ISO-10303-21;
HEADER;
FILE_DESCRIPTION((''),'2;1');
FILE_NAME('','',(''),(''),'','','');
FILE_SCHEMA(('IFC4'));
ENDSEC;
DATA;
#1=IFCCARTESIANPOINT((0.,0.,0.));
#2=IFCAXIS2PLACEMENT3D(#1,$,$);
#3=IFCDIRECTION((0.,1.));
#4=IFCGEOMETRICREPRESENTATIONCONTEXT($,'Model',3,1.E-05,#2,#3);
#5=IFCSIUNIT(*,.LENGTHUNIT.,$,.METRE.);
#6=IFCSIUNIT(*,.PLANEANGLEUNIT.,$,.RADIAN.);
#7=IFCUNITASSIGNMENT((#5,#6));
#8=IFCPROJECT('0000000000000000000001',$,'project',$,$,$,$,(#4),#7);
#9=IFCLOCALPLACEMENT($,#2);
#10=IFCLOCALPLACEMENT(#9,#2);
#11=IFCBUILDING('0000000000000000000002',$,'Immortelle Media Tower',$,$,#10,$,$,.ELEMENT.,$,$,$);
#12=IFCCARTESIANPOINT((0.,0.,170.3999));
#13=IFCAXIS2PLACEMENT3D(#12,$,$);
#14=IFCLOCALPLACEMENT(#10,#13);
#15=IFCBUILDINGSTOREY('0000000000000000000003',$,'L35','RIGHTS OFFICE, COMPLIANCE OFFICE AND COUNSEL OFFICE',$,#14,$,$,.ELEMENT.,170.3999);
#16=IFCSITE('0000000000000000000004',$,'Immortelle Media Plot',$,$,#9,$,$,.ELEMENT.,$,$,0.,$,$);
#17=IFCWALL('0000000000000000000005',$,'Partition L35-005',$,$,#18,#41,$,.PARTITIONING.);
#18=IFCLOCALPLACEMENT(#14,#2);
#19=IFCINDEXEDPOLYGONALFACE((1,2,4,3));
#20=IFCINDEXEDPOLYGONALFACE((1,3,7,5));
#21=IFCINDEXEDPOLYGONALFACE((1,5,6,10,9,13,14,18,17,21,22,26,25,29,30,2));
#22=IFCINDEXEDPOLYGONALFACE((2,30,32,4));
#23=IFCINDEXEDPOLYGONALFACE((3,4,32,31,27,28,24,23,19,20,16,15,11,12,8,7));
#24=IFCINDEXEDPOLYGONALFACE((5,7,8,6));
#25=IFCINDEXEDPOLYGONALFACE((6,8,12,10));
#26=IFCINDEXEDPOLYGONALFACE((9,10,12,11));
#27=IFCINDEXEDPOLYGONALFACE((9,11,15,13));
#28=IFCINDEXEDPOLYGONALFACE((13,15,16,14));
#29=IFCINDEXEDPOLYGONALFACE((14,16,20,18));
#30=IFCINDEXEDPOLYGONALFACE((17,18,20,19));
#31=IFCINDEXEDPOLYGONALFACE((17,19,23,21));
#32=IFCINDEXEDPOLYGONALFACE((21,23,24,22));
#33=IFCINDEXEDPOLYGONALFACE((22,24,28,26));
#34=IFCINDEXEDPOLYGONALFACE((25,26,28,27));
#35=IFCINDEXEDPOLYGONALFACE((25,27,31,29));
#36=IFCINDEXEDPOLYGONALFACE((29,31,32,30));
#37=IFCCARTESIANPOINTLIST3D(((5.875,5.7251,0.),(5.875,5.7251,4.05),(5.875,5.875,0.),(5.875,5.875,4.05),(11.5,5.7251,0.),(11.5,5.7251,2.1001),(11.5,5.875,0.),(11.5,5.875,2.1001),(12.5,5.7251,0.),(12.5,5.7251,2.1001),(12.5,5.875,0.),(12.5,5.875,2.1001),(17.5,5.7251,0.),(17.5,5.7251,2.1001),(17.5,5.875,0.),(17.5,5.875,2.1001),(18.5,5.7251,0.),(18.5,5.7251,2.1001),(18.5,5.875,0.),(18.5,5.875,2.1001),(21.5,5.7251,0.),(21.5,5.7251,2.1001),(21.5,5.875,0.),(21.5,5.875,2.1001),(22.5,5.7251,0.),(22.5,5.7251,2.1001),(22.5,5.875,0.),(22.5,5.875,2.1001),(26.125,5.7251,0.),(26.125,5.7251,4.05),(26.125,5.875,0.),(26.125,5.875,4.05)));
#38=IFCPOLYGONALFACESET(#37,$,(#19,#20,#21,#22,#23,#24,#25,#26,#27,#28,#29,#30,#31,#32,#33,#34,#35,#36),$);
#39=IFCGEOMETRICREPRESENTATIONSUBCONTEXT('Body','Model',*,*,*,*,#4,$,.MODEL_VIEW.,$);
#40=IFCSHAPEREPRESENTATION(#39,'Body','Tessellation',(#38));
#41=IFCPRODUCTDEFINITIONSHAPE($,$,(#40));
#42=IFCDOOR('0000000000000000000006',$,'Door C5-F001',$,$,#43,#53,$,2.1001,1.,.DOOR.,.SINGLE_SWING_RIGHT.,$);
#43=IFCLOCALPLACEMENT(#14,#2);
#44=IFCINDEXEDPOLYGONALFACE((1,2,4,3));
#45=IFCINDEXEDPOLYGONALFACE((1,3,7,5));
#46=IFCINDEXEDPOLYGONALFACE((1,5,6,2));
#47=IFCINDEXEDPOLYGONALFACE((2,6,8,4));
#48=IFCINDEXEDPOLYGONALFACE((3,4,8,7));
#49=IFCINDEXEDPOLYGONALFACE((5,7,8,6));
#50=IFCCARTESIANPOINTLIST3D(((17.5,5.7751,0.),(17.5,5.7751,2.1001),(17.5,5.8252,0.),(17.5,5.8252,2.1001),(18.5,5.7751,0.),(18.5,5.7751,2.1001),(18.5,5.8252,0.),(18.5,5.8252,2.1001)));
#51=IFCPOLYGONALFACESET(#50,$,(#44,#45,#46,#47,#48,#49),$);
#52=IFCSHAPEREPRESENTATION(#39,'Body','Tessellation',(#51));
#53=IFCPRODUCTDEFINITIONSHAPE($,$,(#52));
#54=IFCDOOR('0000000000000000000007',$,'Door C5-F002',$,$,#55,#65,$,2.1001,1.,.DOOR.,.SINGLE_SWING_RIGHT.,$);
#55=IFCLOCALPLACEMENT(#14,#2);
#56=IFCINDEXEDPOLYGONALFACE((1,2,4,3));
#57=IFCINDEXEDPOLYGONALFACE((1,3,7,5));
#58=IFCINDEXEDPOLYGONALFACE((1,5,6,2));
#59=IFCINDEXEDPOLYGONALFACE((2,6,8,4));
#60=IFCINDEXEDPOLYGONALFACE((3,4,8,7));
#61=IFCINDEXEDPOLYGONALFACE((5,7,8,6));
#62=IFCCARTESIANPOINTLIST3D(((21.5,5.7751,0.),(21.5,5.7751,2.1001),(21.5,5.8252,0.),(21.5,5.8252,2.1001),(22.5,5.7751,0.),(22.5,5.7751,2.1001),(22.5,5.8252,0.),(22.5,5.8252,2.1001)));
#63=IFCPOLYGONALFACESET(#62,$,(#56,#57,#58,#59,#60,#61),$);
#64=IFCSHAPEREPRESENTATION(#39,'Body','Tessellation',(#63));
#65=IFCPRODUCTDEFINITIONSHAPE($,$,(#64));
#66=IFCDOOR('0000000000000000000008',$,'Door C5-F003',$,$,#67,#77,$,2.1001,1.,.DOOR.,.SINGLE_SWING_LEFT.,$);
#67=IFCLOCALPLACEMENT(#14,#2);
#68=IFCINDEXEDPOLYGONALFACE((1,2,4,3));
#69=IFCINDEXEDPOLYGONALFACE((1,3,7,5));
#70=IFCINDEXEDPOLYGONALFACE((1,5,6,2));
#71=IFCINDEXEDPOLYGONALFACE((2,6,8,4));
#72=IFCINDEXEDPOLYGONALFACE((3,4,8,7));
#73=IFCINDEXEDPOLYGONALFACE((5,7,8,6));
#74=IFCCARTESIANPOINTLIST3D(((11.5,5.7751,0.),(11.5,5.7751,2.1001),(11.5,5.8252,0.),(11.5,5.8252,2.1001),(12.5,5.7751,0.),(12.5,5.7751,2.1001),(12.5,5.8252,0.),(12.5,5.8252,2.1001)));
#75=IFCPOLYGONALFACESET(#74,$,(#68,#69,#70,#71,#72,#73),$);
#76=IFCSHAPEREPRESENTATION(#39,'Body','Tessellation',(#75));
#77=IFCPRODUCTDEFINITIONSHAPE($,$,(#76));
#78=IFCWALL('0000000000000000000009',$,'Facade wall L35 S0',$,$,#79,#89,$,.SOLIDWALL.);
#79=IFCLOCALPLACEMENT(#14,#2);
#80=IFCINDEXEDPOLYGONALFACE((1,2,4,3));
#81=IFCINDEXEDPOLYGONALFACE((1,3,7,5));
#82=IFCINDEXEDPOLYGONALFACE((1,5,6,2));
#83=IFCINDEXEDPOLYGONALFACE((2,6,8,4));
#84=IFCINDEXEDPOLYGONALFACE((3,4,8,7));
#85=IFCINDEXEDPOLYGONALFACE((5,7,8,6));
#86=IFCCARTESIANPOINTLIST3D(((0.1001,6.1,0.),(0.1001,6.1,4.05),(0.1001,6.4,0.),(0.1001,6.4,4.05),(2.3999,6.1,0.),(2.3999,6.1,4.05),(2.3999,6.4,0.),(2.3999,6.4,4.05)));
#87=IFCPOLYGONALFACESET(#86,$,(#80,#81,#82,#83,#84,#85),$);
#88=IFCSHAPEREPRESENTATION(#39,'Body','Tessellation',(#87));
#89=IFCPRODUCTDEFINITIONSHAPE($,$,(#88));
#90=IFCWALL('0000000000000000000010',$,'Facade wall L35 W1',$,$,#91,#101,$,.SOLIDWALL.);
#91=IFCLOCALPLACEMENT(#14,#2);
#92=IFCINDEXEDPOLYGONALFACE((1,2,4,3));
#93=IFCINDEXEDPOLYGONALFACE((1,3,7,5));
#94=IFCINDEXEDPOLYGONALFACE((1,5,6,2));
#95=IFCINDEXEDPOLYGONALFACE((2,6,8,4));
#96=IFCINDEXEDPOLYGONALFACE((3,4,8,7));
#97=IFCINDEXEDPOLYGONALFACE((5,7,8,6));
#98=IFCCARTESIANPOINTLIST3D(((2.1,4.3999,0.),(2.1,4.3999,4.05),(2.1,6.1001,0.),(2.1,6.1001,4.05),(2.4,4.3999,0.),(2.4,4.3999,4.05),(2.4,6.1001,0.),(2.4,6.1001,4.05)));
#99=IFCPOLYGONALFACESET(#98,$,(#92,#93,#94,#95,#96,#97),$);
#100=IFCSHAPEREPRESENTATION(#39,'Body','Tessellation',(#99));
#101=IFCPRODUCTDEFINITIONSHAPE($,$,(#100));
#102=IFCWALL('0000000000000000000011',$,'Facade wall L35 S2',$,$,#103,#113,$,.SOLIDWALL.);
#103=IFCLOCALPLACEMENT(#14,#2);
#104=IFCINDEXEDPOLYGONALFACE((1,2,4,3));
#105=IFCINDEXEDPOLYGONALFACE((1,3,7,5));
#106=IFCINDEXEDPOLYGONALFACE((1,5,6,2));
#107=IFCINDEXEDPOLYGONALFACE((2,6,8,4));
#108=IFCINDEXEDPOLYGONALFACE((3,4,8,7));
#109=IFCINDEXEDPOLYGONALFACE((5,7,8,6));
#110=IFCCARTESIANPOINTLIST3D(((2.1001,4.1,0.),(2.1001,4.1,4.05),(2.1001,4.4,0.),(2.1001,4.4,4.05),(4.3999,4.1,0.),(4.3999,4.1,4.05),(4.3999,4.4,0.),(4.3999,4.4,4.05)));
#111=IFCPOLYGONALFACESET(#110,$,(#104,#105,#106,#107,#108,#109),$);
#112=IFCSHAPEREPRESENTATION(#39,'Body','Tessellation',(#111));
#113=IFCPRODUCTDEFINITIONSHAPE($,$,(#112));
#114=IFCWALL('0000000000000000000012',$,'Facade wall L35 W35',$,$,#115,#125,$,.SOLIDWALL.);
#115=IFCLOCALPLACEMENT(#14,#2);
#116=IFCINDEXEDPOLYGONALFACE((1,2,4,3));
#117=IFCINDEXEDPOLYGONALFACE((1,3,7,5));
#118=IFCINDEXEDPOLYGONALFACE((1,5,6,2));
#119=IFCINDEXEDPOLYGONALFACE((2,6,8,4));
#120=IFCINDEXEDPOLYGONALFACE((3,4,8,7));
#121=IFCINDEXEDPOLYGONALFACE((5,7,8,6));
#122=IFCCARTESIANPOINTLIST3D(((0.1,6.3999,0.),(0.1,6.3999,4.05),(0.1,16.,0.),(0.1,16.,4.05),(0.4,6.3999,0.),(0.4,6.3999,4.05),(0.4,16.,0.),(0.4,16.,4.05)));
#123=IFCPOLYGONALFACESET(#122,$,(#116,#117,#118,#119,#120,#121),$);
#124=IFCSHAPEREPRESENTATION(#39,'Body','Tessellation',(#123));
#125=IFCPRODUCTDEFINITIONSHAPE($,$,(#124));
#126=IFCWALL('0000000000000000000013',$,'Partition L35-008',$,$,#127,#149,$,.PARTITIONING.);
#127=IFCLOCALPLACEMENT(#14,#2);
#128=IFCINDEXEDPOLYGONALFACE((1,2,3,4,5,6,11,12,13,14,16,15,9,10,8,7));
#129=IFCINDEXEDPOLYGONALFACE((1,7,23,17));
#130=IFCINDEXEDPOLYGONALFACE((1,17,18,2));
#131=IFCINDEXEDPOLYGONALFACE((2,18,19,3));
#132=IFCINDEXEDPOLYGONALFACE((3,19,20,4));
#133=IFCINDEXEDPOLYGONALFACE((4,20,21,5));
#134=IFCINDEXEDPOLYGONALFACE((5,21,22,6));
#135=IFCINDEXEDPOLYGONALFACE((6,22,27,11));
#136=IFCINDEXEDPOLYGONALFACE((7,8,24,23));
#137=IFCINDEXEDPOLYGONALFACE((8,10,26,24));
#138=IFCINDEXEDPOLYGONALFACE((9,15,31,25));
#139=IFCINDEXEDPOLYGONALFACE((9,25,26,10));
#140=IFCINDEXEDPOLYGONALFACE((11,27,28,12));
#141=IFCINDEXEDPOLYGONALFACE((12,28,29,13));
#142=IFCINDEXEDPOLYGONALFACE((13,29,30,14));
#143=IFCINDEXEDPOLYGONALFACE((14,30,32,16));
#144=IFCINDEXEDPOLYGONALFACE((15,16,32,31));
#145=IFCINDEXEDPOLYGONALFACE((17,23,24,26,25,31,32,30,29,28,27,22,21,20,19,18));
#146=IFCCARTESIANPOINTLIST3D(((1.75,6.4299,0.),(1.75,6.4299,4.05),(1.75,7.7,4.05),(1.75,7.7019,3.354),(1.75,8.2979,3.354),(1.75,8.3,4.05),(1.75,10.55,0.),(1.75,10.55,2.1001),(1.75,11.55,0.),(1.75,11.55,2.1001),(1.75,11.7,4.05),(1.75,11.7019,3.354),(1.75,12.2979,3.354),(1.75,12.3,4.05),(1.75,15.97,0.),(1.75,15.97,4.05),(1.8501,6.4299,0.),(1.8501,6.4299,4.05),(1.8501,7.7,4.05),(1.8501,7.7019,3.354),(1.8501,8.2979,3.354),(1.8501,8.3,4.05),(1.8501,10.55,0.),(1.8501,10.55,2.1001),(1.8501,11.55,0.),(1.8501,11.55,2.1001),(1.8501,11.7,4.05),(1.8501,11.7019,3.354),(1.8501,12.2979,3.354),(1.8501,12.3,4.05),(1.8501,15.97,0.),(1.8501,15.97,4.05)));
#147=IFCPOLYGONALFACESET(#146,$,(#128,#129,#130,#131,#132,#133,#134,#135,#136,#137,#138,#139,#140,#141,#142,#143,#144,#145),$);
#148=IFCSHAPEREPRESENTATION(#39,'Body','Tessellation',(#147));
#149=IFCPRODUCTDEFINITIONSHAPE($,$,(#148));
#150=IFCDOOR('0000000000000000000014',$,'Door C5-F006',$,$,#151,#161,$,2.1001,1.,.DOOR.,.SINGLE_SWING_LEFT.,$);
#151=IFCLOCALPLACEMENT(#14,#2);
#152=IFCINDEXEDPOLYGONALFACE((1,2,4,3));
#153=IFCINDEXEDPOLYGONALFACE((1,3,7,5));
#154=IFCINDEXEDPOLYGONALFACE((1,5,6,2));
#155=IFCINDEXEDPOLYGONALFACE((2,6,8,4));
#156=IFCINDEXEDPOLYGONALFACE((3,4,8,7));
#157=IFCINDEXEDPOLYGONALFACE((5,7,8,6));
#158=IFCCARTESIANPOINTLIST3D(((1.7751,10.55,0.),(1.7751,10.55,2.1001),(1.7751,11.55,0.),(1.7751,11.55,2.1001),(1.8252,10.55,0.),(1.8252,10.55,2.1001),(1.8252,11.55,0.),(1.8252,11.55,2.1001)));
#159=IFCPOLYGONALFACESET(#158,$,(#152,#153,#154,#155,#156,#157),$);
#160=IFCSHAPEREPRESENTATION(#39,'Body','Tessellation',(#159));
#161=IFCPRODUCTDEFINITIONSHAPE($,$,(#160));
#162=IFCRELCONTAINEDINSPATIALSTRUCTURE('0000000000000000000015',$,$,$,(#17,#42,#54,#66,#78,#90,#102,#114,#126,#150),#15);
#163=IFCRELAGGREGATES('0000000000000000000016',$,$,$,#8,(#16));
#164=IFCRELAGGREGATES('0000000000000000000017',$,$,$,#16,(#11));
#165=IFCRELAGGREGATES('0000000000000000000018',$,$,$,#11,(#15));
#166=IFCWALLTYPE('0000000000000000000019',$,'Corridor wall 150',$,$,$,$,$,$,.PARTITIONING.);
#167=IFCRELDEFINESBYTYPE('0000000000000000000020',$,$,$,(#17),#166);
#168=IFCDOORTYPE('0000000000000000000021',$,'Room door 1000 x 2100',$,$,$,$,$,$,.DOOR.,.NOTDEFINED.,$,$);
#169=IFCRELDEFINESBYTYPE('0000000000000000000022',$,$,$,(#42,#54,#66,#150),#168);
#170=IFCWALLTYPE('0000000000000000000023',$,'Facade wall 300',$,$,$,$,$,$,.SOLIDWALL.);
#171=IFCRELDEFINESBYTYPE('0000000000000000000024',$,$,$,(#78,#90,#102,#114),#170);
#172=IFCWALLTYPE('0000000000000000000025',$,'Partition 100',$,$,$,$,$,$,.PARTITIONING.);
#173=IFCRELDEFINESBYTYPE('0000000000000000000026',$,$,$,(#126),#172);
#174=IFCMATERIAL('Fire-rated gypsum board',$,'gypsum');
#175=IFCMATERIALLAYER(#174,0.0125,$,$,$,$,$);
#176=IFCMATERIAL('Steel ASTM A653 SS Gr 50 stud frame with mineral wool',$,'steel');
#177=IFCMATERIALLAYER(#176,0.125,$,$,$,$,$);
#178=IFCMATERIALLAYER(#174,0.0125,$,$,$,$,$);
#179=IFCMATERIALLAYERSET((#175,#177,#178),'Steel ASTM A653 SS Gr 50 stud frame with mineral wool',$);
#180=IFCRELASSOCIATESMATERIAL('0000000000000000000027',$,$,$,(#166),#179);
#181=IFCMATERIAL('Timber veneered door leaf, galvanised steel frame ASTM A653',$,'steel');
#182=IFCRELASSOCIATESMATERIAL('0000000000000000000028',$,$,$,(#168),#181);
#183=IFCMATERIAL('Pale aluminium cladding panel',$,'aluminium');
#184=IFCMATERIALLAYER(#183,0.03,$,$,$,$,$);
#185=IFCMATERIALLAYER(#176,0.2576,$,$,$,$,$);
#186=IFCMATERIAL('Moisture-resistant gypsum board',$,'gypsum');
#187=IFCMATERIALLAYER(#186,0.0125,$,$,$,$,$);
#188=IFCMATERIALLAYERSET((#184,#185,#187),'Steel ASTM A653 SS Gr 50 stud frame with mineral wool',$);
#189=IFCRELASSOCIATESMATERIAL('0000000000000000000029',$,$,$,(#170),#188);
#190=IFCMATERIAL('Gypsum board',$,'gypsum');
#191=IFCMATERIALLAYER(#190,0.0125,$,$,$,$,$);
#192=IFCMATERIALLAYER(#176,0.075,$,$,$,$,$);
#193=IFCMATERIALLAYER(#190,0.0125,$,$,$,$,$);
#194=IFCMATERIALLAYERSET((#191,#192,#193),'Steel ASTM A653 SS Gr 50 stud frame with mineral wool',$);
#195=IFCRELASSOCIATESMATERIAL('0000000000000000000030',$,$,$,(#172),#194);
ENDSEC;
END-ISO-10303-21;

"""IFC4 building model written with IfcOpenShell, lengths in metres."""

from ifc_helpers import new_model, si_unit, direction, frame, frame_2d, origin, place, context, subcontext, project, spatial, polyline, rectangle, outline, extrude, material, layer, layer_set, type_object, element, fill, save


model = new_model("IFC4")

# Units and contexts
model_context = context("Model", 3, precision=1e-05, world=origin(), true_north=direction((0.0, 1.0)))
body_context = subcontext(model_context, "Body", "Model", "MODEL_VIEW")
ifc_project = project(units=[si_unit("LENGTHUNIT", "METRE"), si_unit("PLANEANGLEUNIT", "RADIAN")], contexts=[model_context])

# Site, building, storey
site_placement = place(None, origin())
site = spatial("IfcSite", under=ifc_project, at=site_placement, Name="Immortelle Media Plot", CompositionType="ELEMENT", RefElevation=0.0)
building_placement = place(site_placement, origin())
building = spatial("IfcBuilding", under=site, at=building_placement, Name="Immortelle Media Tower", CompositionType="ELEMENT")
storey_placement = place(building_placement, frame((0.0, 0.0, 170.3999)))
storey = spatial("IfcBuildingStorey", under=building, at=storey_placement, Name="L35", Description="RIGHTS OFFICE, COMPLIANCE OFFICE AND COUNSEL OFFICE", CompositionType="ELEMENT", Elevation=170.3999)

# Wall, openings, doors
ifc_material_1 = material(Name="Fire-rated gypsum board", Category="gypsum")
ifc_layer_1 = layer(ifc_material_1, 0.0125)
ifc_material_2 = material(Name="Steel ASTM A653 SS Gr 50 stud frame with mineral wool", Category="steel")
ifc_layer_2 = layer(ifc_material_2, 0.125)
ifc_layer_3 = layer(ifc_material_1, 0.0125)
ifc_layer_set_1 = layer_set([ifc_layer_1, ifc_layer_2, ifc_layer_3], Name="Steel ASTM A653 SS Gr 50 stud frame with mineral wool")
wall_type_1 = type_object("IfcWallType", Name="Corridor wall 150", PredefinedType="PARTITIONING", material=ifc_layer_set_1)
wall_1_placement = place(storey_placement, frame((5.875, 5.8, 0.0), z_axis=(0.0, 0.0, 1.0), x_axis=(1.0, 0.0, 0.0)))
wall_1 = element("IfcWall", 1, at=wall_1_placement, inside=storey, type_object=wall_type_1, Name="Partition L35-005", PredefinedType="PARTITIONING", context=body_context, shape_type="SweptSolid", body=[
    extrude(rectangle(XDim=20.25, YDim=0.1499, at=frame_2d((10.125, 0.0))), origin(), (0.0, 0.0, 1.0), 4.05),
])
opening_1_placement = place(wall_1_placement, frame((12.625, 0.0, 0.0), z_axis=(0.0, 0.0, 1.0), x_axis=(-1.0, 0.0, 0.0)))
opening_1 = element("IfcOpeningElement", 2, at=opening_1_placement, cuts=wall_1, PredefinedType="OPENING", context=body_context, shape_type="SweptSolid", body=[
    extrude(rectangle(XDim=1.0, YDim=2.1001, at=frame_2d((0.5, 1.05))), frame((0.0, 0.085, 0.0), z_axis=(0.0, -1.0, 0.0), x_axis=(1.0, 0.0, 0.0)), (0.0, 0.0, 1.0), 0.1699),
])
opening_2_placement = place(wall_1_placement, frame((16.625, 0.0, 0.0), z_axis=(0.0, 0.0, 1.0), x_axis=(-1.0, 0.0, 0.0)))
opening_2 = element("IfcOpeningElement", 3, at=opening_2_placement, cuts=wall_1, PredefinedType="OPENING", context=body_context, shape_type="SweptSolid", body=[
    extrude(rectangle(XDim=1.0, YDim=2.1001, at=frame_2d((0.5, 1.05))), frame((0.0, 0.085, 0.0), z_axis=(0.0, -1.0, 0.0), x_axis=(1.0, 0.0, 0.0)), (0.0, 0.0, 1.0), 0.1699),
])
opening_3_placement = place(wall_1_placement, frame((6.625, 0.0, 0.0), z_axis=(0.0, 0.0, 1.0), x_axis=(-1.0, 0.0, 0.0)))
opening_3 = element("IfcOpeningElement", 4, at=opening_3_placement, cuts=wall_1, PredefinedType="OPENING", context=body_context, shape_type="SweptSolid", body=[
    extrude(rectangle(XDim=1.0, YDim=2.1001, at=frame_2d((0.5, 1.05))), frame((0.0, 0.085, 0.0), z_axis=(0.0, -1.0, 0.0), x_axis=(1.0, 0.0, 0.0)), (0.0, 0.0, 1.0), 0.1699),
])
ifc_material_3 = material(Name="Timber veneered door leaf, galvanised steel frame ASTM A653", Category="steel")
door_type = type_object("IfcDoorType", Name="Room door 1000 x 2100", OperationType="NOTDEFINED", PredefinedType="DOOR", material=ifc_material_3)
door_1_placement = place(opening_1_placement, origin())
door_1 = element("IfcDoor", 5, at=door_1_placement, inside=storey, type_object=door_type, Name="Door C5-F001", OperationType="SINGLE_SWING_RIGHT", OverallHeight=2.1001, OverallWidth=1.0, PredefinedType="DOOR", context=body_context, shape_type="SweptSolid", body=[
    extrude(rectangle(XDim=1.0, YDim=2.1001, at=frame_2d((0.5, 1.05))), frame((0.0, 0.0249, 0.0), z_axis=(0.0, -1.0, 0.0), x_axis=(1.0, 0.0, 0.0)), (0.0, 0.0, 1.0), 0.05),
])
fill(opening_1, door_1)
door_2_placement = place(opening_2_placement, origin())
door_2 = element("IfcDoor", 6, at=door_2_placement, inside=storey, type_object=door_type, Name="Door C5-F002", OperationType="SINGLE_SWING_RIGHT", OverallHeight=2.1001, OverallWidth=1.0, PredefinedType="DOOR", context=body_context, shape_type="SweptSolid", body=[
    extrude(rectangle(XDim=1.0, YDim=2.1001, at=frame_2d((0.5, 1.05))), frame((0.0, 0.0249, 0.0), z_axis=(0.0, -1.0, 0.0), x_axis=(1.0, 0.0, 0.0)), (0.0, 0.0, 1.0), 0.05),
])
fill(opening_2, door_2)
door_3_placement = place(opening_3_placement, origin())
door_3 = element("IfcDoor", 7, at=door_3_placement, inside=storey, type_object=door_type, Name="Door C5-F003", OperationType="SINGLE_SWING_LEFT", OverallHeight=2.1001, OverallWidth=1.0, PredefinedType="DOOR", context=body_context, shape_type="SweptSolid", body=[
    extrude(rectangle(XDim=1.0, YDim=2.1001, at=frame_2d((0.5, 1.05))), frame((0.0, 0.0249, 0.0), z_axis=(0.0, -1.0, 0.0), x_axis=(1.0, 0.0, 0.0)), (0.0, 0.0, 1.0), 0.05),
])
fill(opening_3, door_3)

# Walls
ifc_material_4 = material(Name="Pale aluminium cladding panel", Category="aluminium")
ifc_layer_4 = layer(ifc_material_4, 0.03)
ifc_layer_5 = layer(ifc_material_2, 0.2576)
ifc_material_5 = material(Name="Moisture-resistant gypsum board", Category="gypsum")
ifc_layer_6 = layer(ifc_material_5, 0.0125)
ifc_layer_set_2 = layer_set([ifc_layer_4, ifc_layer_5, ifc_layer_6], Name="Steel ASTM A653 SS Gr 50 stud frame with mineral wool")
wall_type_2 = type_object("IfcWallType", Name="Facade wall 300", PredefinedType="SOLIDWALL", material=ifc_layer_set_2)
wall_2_placement = place(storey_placement, frame((0.1001, 6.25, 0.0), z_axis=(0.0, 0.0, 1.0), x_axis=(1.0, 0.0, 0.0)))
element("IfcWall", 8, at=wall_2_placement, inside=storey, type_object=wall_type_2, Name="Facade wall L35 S0", PredefinedType="SOLIDWALL", context=body_context, shape_type="SweptSolid", body=[
    extrude(rectangle(XDim=2.2998, YDim=0.3, at=frame_2d((1.1499, 0.0))), origin(), (0.0, 0.0, 1.0), 4.05),
])
wall_3_placement = place(storey_placement, frame((2.25, 6.1001, 0.0), z_axis=(0.0, 0.0, 1.0), x_axis=(0.0, -1.0, 0.0)))
element("IfcWall", 9, at=wall_3_placement, inside=storey, type_object=wall_type_2, Name="Facade wall L35 W1", PredefinedType="SOLIDWALL", context=body_context, shape_type="SweptSolid", body=[
    extrude(rectangle(XDim=1.7002, YDim=0.3, at=frame_2d((0.8501, 0.0))), origin(), (0.0, 0.0, 1.0), 4.05),
])
wall_4_placement = place(storey_placement, frame((2.1001, 4.25, 0.0), z_axis=(0.0, 0.0, 1.0), x_axis=(1.0, 0.0, 0.0)))
element("IfcWall", 10, at=wall_4_placement, inside=storey, type_object=wall_type_2, Name="Facade wall L35 S2", PredefinedType="SOLIDWALL", context=body_context, shape_type="SweptSolid", body=[
    extrude(rectangle(XDim=2.2998, YDim=0.3, at=frame_2d((1.1499, 0.0))), origin(), (0.0, 0.0, 1.0), 4.05),
])
wall_5_placement = place(storey_placement, frame((0.25, 16.0, 0.0), z_axis=(0.0, 0.0, 1.0), x_axis=(0.0, -1.0, 0.0)))
element("IfcWall", 11, at=wall_5_placement, inside=storey, type_object=wall_type_2, Name="Facade wall L35 W35", PredefinedType="SOLIDWALL", context=body_context, shape_type="SweptSolid", body=[
    extrude(rectangle(XDim=9.6001, YDim=0.3, at=frame_2d((4.8, 0.0))), origin(), (0.0, 0.0, 1.0), 4.05),
])

# Wall, opening, door
ifc_material_6 = material(Name="Gypsum board", Category="gypsum")
ifc_layer_7 = layer(ifc_material_6, 0.0125)
ifc_layer_8 = layer(ifc_material_2, 0.075)
ifc_layer_9 = layer(ifc_material_6, 0.0125)
ifc_layer_set_3 = layer_set([ifc_layer_7, ifc_layer_8, ifc_layer_9], Name="Steel ASTM A653 SS Gr 50 stud frame with mineral wool")
wall_type_3 = type_object("IfcWallType", Name="Partition 100", PredefinedType="PARTITIONING", material=ifc_layer_set_3)
wall_6_placement = place(storey_placement, frame((1.8, 6.4299, 0.0), z_axis=(0.0, 0.0, 1.0), x_axis=(0.0, 1.0, 0.0)))
wall_6 = element("IfcWall", 12, at=wall_6_placement, inside=storey, type_object=wall_type_3, Name="Partition L35-008", PredefinedType="PARTITIONING", context=body_context, shape_type="SweptSolid", body=[
    extrude(outline(polyline([(0.0, 0.0), (9.54, 0.0), (9.54, 4.05), (5.8701, 4.05), (5.8679, 3.354), (5.272, 3.354), (5.27, 4.05), (1.8701, 4.05), (1.8679, 3.354), (1.272, 3.354), (1.27, 4.05), (0.0, 4.05), (0.0, 0.0)])), frame((0.0, 0.05, 0.0), z_axis=(0.0, -1.0, 0.0), x_axis=(1.0, 0.0, 0.0)), (0.0, 0.0, 1.0), 0.1001),
])
opening_4_placement = place(wall_6_placement, frame((4.1201, 0.0, 0.0)))
opening_4 = element("IfcOpeningElement", 13, at=opening_4_placement, cuts=wall_6, PredefinedType="OPENING", context=body_context, shape_type="SweptSolid", body=[
    extrude(rectangle(XDim=1.0, YDim=2.1001, at=frame_2d((0.5, 1.05))), frame((0.0, 0.0601, 0.0), z_axis=(0.0, -1.0, 0.0), x_axis=(1.0, 0.0, 0.0)), (0.0, 0.0, 1.0), 0.1201),
])
door_4_placement = place(opening_4_placement, origin())
door_4 = element("IfcDoor", 14, at=door_4_placement, inside=storey, type_object=door_type, Name="Door C5-F006", OperationType="SINGLE_SWING_LEFT", OverallHeight=2.1001, OverallWidth=1.0, PredefinedType="DOOR", context=body_context, shape_type="SweptSolid", body=[
    extrude(rectangle(XDim=1.0, YDim=2.1001, at=frame_2d((0.5, 1.05))), frame((0.0, 0.0249, 0.0), z_axis=(0.0, -1.0, 0.0), x_axis=(1.0, 0.0, 0.0)), (0.0, 0.0, 1.0), 0.05),
])
fill(opening_4, door_4)

save(model, "model.ifc")
